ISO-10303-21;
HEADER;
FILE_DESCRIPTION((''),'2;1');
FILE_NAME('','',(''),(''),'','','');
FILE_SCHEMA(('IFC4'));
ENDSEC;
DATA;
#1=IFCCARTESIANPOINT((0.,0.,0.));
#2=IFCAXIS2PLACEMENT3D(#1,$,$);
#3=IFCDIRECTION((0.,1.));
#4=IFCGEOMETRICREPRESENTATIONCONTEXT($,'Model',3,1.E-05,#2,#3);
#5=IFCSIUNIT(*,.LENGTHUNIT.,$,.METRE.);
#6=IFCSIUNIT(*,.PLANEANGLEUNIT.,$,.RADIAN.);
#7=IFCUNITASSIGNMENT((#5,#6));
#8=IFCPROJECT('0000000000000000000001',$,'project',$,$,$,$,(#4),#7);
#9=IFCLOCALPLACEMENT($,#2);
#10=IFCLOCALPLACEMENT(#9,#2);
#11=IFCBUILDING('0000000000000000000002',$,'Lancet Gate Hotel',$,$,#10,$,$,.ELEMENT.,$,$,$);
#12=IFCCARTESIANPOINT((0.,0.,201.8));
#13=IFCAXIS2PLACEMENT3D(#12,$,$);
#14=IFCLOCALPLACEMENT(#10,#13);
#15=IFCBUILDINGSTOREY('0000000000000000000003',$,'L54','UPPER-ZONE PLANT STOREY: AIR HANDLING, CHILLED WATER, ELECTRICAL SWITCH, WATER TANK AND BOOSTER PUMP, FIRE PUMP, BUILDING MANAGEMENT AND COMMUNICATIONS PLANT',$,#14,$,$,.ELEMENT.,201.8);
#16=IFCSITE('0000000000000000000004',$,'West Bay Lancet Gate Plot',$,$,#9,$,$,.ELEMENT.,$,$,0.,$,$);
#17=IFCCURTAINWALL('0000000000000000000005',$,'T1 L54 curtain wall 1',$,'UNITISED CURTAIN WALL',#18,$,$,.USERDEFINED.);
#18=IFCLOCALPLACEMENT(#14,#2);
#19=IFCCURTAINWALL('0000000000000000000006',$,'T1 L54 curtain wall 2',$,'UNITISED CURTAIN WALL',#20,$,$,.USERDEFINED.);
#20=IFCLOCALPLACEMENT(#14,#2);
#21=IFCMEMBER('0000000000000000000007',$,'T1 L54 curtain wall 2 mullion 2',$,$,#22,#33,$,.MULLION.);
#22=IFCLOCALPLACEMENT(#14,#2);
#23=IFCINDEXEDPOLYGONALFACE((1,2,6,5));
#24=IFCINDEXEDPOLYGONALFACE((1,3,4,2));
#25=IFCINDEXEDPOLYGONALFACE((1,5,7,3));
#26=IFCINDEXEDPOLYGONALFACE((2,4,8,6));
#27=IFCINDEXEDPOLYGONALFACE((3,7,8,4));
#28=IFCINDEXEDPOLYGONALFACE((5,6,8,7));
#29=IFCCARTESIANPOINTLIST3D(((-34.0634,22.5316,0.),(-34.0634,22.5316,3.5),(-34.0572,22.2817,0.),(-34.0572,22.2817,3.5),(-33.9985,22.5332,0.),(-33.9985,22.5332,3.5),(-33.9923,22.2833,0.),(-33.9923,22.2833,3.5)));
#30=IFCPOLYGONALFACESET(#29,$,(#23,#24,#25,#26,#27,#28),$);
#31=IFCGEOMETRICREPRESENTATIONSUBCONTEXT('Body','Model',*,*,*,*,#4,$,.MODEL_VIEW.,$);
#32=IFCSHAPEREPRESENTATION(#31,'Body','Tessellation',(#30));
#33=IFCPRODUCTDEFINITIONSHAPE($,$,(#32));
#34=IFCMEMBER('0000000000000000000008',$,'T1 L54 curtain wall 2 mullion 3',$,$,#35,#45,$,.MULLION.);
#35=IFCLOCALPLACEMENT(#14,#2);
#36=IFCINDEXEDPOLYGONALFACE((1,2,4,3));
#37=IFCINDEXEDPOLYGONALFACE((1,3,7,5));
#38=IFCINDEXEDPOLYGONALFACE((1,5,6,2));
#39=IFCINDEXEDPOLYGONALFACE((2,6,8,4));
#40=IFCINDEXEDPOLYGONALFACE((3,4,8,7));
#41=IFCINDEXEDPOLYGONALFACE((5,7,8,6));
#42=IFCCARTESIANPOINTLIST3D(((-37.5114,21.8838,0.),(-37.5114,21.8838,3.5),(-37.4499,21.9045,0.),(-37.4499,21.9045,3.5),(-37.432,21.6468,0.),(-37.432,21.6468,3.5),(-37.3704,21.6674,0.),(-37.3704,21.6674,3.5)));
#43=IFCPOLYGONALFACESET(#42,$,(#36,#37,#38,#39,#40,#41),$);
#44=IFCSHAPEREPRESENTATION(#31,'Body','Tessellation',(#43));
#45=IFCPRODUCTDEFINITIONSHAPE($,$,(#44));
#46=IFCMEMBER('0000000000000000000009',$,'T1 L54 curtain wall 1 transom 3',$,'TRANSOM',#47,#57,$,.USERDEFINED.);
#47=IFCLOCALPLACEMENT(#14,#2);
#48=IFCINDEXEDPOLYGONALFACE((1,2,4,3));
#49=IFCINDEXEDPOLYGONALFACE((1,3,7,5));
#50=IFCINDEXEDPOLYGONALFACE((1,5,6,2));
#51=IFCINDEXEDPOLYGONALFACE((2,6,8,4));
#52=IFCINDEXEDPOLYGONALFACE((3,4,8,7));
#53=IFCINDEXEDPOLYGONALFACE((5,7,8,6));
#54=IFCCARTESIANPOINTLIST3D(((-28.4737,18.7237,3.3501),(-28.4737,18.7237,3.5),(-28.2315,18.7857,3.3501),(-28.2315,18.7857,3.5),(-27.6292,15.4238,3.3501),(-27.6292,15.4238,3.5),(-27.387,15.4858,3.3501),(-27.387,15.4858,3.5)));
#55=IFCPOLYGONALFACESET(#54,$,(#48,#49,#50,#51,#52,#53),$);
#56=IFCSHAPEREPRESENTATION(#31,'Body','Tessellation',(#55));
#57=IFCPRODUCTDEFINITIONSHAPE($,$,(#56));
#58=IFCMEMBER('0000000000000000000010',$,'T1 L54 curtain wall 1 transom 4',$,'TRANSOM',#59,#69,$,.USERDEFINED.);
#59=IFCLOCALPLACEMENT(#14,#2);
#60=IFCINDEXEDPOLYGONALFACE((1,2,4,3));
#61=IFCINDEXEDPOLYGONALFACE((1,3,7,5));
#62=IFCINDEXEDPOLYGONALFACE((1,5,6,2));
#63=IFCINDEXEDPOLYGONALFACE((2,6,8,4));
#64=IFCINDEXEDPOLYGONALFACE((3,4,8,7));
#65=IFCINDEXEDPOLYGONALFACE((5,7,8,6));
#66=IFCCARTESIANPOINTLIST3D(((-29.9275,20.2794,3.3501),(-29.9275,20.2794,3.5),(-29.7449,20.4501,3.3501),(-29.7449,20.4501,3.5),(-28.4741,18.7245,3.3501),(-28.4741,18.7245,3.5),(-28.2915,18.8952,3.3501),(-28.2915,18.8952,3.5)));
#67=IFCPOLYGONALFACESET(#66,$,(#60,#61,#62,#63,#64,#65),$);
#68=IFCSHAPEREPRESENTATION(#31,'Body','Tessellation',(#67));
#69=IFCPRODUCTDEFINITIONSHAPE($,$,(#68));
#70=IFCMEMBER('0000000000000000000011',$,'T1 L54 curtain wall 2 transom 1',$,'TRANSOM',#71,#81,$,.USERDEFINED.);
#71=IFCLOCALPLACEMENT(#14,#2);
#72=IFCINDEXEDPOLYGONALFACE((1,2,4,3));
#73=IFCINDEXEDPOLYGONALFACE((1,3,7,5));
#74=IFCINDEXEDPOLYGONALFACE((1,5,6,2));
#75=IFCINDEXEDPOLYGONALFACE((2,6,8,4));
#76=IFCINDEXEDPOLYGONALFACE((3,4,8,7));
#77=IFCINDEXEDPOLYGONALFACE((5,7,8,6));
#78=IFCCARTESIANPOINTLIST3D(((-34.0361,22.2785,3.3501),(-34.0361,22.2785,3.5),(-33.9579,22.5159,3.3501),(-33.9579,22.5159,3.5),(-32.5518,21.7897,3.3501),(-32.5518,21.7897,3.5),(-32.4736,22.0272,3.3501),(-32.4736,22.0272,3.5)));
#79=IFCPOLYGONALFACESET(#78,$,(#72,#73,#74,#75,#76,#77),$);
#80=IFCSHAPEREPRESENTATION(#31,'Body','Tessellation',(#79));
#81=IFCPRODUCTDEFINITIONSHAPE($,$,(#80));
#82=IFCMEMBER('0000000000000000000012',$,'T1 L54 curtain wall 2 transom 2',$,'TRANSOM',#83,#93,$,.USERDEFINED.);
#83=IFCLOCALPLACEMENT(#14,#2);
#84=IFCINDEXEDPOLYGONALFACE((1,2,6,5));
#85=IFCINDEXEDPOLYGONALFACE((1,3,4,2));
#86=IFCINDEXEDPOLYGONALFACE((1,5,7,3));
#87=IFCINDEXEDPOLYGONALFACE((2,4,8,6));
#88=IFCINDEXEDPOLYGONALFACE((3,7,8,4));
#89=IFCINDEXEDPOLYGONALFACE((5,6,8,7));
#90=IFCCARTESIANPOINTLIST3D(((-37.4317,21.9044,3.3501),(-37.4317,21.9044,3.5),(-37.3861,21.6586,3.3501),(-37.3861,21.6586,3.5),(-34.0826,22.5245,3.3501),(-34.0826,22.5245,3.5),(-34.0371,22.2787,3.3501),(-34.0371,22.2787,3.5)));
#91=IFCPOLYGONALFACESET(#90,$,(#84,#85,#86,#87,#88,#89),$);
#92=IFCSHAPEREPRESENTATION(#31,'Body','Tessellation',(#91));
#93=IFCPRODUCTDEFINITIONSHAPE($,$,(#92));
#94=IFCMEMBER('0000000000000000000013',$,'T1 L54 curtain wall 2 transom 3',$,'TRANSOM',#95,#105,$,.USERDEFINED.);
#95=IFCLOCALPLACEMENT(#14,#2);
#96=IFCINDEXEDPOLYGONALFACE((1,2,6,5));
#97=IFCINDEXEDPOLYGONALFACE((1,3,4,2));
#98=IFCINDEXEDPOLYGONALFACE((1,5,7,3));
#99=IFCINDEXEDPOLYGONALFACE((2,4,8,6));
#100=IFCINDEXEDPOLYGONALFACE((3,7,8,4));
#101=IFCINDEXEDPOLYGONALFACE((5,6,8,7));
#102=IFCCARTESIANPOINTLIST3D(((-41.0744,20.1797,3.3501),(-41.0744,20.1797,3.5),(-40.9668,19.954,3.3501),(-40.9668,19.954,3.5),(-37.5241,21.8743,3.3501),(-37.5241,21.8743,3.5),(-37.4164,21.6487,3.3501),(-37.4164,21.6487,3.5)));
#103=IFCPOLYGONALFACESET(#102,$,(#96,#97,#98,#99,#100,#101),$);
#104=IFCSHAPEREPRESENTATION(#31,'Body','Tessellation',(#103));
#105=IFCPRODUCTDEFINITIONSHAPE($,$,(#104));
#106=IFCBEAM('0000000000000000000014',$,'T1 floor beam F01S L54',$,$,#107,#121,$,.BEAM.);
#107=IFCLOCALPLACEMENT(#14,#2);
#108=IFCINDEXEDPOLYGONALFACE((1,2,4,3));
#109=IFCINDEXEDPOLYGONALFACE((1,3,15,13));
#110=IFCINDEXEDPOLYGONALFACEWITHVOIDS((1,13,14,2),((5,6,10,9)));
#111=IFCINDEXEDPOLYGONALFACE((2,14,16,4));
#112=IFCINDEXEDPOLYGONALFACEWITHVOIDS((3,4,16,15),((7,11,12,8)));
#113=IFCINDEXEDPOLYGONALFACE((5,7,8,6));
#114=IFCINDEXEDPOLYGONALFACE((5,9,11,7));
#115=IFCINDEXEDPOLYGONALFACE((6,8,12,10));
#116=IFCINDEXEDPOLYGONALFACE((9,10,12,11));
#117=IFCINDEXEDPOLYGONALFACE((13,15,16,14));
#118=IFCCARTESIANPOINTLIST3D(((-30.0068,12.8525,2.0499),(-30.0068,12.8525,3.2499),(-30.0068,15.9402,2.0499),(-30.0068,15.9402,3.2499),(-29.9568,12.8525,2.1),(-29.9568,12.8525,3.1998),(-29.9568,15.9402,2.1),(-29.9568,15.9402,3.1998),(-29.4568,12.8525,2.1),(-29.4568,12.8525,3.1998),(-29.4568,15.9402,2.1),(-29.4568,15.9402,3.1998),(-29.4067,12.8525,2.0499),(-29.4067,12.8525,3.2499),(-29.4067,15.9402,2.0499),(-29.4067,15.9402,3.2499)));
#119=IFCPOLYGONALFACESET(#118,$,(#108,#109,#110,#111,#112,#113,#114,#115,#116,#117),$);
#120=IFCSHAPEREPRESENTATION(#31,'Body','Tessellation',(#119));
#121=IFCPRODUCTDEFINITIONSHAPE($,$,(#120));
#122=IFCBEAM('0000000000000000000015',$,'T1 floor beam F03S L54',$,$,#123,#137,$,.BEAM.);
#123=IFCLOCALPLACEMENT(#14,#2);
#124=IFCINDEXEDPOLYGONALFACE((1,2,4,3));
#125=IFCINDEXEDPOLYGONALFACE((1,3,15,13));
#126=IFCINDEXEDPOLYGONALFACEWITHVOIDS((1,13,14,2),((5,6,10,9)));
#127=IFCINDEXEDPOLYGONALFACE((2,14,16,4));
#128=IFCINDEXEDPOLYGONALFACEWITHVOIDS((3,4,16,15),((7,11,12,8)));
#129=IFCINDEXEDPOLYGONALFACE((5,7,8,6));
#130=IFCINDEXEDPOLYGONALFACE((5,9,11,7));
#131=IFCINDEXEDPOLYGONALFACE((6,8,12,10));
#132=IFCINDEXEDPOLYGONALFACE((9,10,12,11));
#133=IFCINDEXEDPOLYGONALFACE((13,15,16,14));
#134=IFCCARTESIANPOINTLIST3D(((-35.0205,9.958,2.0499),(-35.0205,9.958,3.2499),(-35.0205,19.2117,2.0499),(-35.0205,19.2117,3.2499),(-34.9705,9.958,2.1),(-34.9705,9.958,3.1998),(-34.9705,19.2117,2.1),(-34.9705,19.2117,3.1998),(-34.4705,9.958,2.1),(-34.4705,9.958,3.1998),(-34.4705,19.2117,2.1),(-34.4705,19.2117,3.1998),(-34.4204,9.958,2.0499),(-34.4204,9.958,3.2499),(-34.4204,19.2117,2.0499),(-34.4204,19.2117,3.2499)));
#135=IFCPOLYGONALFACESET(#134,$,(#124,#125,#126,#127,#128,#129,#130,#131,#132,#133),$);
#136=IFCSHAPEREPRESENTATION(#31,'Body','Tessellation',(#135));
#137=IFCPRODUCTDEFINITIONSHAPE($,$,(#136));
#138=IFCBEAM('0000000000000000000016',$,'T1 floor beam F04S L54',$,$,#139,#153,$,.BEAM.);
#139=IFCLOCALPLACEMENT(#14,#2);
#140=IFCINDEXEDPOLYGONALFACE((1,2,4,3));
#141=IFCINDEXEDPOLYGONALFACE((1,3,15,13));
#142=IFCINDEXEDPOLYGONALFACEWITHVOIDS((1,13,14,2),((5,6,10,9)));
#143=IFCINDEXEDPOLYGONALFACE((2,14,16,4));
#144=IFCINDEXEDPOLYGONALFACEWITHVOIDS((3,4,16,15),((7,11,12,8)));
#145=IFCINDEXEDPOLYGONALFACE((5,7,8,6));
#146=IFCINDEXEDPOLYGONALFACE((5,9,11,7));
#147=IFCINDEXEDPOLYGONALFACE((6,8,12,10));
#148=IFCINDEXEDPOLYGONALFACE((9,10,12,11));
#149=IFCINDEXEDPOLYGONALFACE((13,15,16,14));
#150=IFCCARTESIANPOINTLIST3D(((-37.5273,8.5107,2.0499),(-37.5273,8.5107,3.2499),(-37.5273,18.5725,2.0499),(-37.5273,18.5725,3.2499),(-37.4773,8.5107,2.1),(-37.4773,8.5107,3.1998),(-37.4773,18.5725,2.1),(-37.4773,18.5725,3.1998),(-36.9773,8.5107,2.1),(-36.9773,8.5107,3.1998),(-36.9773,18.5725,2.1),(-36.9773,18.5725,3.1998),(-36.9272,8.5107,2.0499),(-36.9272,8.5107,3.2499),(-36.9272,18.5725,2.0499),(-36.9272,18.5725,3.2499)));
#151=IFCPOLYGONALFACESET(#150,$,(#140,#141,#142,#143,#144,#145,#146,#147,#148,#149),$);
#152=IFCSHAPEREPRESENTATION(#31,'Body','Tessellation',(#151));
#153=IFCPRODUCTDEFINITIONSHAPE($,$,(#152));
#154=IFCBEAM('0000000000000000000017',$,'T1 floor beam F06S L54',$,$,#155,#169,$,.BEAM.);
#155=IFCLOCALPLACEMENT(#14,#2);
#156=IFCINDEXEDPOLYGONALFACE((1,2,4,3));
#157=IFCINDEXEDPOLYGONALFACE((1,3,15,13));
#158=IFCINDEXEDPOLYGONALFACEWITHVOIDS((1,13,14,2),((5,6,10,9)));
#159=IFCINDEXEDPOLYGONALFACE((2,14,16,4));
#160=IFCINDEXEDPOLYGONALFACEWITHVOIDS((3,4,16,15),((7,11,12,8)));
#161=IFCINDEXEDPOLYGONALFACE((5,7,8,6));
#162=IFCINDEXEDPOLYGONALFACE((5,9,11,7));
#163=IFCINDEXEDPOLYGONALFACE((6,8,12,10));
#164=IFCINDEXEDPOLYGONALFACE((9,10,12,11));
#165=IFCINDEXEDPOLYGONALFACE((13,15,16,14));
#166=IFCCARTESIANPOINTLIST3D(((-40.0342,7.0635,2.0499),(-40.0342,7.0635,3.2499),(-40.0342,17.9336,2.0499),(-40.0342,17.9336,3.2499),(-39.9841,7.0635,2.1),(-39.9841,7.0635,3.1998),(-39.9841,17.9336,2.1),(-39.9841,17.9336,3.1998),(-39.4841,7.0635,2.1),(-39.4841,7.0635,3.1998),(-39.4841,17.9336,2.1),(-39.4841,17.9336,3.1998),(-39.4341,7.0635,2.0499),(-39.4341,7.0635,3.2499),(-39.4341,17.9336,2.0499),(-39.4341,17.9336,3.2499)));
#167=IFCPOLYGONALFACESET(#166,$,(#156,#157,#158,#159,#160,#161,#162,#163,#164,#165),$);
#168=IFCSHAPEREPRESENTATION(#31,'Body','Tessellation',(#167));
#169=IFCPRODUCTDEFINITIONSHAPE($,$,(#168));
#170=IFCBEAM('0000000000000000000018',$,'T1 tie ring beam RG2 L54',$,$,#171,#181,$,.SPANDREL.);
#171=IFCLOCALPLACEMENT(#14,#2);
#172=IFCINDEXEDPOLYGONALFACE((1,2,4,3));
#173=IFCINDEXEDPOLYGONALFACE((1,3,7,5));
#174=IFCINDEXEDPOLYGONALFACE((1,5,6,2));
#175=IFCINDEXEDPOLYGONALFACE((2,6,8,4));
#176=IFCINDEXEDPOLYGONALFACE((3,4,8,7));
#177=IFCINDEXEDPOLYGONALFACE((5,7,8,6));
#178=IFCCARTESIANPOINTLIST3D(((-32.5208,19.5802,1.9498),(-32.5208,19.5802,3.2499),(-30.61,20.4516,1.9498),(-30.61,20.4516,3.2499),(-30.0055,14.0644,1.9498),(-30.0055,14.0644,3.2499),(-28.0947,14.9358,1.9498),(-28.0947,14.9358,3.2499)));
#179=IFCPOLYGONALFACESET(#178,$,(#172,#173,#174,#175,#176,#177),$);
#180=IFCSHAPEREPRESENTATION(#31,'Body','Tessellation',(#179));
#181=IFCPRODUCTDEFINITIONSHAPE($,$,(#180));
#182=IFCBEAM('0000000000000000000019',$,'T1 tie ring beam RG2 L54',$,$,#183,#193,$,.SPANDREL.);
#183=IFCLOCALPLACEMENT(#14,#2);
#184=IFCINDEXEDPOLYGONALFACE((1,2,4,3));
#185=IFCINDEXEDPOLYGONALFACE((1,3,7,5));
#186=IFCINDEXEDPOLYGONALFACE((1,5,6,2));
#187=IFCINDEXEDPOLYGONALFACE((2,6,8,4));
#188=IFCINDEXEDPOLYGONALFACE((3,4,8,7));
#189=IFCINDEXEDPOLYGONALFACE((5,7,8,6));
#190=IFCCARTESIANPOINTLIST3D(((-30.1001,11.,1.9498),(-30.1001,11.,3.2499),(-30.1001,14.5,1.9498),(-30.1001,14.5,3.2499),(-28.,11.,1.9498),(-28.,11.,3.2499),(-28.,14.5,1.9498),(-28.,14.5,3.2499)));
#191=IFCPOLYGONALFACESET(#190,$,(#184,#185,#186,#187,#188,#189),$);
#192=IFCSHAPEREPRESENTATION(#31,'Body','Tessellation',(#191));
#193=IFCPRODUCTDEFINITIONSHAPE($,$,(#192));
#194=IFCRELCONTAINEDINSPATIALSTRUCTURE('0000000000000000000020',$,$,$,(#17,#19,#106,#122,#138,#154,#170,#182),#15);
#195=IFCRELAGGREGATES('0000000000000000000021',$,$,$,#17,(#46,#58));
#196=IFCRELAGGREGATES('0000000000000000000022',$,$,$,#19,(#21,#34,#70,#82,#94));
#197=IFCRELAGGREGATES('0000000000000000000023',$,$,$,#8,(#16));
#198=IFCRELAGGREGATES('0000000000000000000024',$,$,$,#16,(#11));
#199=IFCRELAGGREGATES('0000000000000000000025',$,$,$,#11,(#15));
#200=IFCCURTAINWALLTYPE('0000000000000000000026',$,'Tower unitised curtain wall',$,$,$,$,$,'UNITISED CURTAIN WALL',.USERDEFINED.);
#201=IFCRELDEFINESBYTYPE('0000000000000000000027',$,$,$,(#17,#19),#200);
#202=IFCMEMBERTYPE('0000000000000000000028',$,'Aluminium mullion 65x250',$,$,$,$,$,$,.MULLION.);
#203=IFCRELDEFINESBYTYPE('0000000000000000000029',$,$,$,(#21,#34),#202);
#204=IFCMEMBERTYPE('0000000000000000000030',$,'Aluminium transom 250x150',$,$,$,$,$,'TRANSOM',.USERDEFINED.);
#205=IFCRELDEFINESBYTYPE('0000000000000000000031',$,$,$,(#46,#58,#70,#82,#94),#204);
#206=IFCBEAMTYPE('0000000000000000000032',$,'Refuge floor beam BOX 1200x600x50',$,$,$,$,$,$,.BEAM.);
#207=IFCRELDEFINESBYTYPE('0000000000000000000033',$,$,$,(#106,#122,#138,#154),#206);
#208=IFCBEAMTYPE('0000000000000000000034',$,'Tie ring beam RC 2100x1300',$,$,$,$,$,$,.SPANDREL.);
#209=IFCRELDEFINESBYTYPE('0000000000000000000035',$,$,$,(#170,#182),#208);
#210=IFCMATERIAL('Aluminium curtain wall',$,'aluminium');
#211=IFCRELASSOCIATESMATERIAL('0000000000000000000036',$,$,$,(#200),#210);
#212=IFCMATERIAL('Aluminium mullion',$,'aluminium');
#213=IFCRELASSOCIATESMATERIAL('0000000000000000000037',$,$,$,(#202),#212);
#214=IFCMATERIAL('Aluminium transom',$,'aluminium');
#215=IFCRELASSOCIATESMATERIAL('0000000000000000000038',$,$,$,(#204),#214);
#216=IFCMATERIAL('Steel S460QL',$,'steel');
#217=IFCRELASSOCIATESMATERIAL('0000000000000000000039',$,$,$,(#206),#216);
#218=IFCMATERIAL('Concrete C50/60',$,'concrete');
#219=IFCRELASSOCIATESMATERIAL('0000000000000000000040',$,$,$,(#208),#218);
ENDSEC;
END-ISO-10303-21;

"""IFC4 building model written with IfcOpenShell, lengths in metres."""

from ifc_helpers import new_model, si_unit, direction, frame, origin, origin_2d, place, context, subcontext, project, spatial, rectangle, hollow_rectangle, extrude, material, material_profile, profile_set, type_object, element, aggregate, save


model = new_model("IFC4")

# Units and contexts
model_context = context("Model", 3, precision=1e-05, world=origin(), true_north=direction((0.0, 1.0)))
body_context = subcontext(model_context, "Body", "Model", "MODEL_VIEW")
ifc_project = project(units=[si_unit("LENGTHUNIT", "METRE"), si_unit("PLANEANGLEUNIT", "RADIAN")], contexts=[model_context])

# Site, building, storey
site_placement = place(None, origin())
site = spatial("IfcSite", under=ifc_project, at=site_placement, Name="West Bay Lancet Gate Plot", CompositionType="ELEMENT", RefElevation=0.0)
building_placement = place(site_placement, origin())
building = spatial("IfcBuilding", under=site, at=building_placement, Name="Lancet Gate Hotel", CompositionType="ELEMENT")
storey_placement = place(building_placement, frame((0.0, 0.0, 201.8)))
storey = spatial("IfcBuildingStorey", under=building, at=storey_placement, Name="L54", Description="UPPER-ZONE PLANT STOREY: AIR HANDLING, CHILLED WATER, ELECTRICAL SWITCH, WATER TANK AND BOOSTER PUMP, FIRE PUMP, BUILDING MANAGEMENT AND COMMUNICATIONS PLANT", CompositionType="ELEMENT", Elevation=201.8)

# Curtain walls, members
ifc_material_1 = material(Name="Aluminium curtain wall", Category="aluminium")
curtain_wall_type = type_object("IfcCurtainWallType", Name="Tower unitised curtain wall", ElementType="UNITISED CURTAIN WALL", PredefinedType="USERDEFINED", material=ifc_material_1)
curtain_wall_1_placement = place(storey_placement, origin())
curtain_wall_1 = element("IfcCurtainWall", 1, at=curtain_wall_1_placement, inside=storey, type_object=curtain_wall_type, Name="T1 L54 curtain wall 1", ObjectType="UNITISED CURTAIN WALL", PredefinedType="USERDEFINED")
ifc_material_2 = material(Name="Aluminium mullion", Category="aluminium")
ifc_material_profile_1 = material_profile(ifc_material_2, rectangle(XDim=0.0649, YDim=0.25, at=origin_2d()), Name="MULLION 65x250")
ifc_profile_set_1 = profile_set([ifc_material_profile_1], Name="Aluminium mullion")
member_type_1 = type_object("IfcMemberType", Name="Aluminium mullion 65x250", PredefinedType="MULLION", material=ifc_profile_set_1)
curtain_wall_2_placement = place(storey_placement, origin())
curtain_wall_2 = element("IfcCurtainWall", 2, at=curtain_wall_2_placement, inside=storey, type_object=curtain_wall_type, Name="T1 L54 curtain wall 2", ObjectType="UNITISED CURTAIN WALL", PredefinedType="USERDEFINED")
member_1_placement = place(storey_placement, frame((-34.0278, 22.4075, 0.0), z_axis=(0.0, 0.0, 1.0), x_axis=(-0.999693, -0.024761, 0.0)))
member_1 = element("IfcMember", 3, at=member_1_placement, type_object=member_type_1, Name="T1 L54 curtain wall 2 mullion 2", PredefinedType="MULLION", context=body_context, shape_type="SweptSolid", body=[
    extrude(rectangle(XDim=0.0649, YDim=0.25, at=origin_2d()), origin(), (0.0, 0.0, 1.0), 3.5),
])
member_2_placement = place(storey_placement, frame((-37.4409, 21.7756, 0.0), z_axis=(0.0, 0.0, 1.0), x_axis=(-0.948119, -0.317915, 0.0)))
member_2 = element("IfcMember", 4, at=member_2_placement, type_object=member_type_1, Name="T1 L54 curtain wall 2 mullion 3", PredefinedType="MULLION", context=body_context, shape_type="SweptSolid", body=[
    extrude(rectangle(XDim=0.0649, YDim=0.25, at=origin_2d()), origin(), (0.0, 0.0, 1.0), 3.5),
])

# Members
ifc_material_3 = material(Name="Aluminium transom", Category="aluminium")
ifc_material_profile_2 = material_profile(ifc_material_3, rectangle(XDim=0.25, YDim=0.1499, at=origin_2d()), Name="TRANSOM 250x150")
ifc_profile_set_2 = profile_set([ifc_material_profile_2], Name="Aluminium transom")
member_type_2 = type_object("IfcMemberType", Name="Aluminium transom 250x150", ElementType="TRANSOM", PredefinedType="USERDEFINED", material=ifc_profile_set_2)
member_3_placement = place(storey_placement, frame((-27.5081, 15.4548, 3.425), z_axis=(-0.247929, 0.968778, 0.0), x_axis=(-0.968778, -0.247929, 0.0)))
member_3 = element("IfcMember", 5, at=member_3_placement, type_object=member_type_2, Name="T1 L54 curtain wall 1 transom 3", ObjectType="TRANSOM", PredefinedType="USERDEFINED", context=body_context, shape_type="SweptSolid", body=[
    extrude(rectangle(XDim=0.25, YDim=0.1499, at=origin_2d()), origin(), (0.0, 0.0, 1.0), 3.4062),
])
member_4_placement = place(storey_placement, frame((-28.3828, 18.8098, 3.425), z_axis=(-0.682845, 0.730563, 0.0), x_axis=(-0.730563, -0.682845, 0.0)))
member_4 = element("IfcMember", 6, at=member_4_placement, type_object=member_type_2, Name="T1 L54 curtain wall 1 transom 4", ObjectType="TRANSOM", PredefinedType="USERDEFINED", context=body_context, shape_type="SweptSolid", body=[
    extrude(rectangle(XDim=0.25, YDim=0.1499, at=origin_2d()), origin(), (0.0, 0.0, 1.0), 2.1284),
])
member_5_placement = place(storey_placement, frame((-32.5127, 21.9084, 3.425), z_axis=(-0.949833, 0.312758, 0.0), x_axis=(-0.312758, -0.949833, 0.0)))
member_5 = element("IfcMember", 7, at=member_5_placement, type_object=member_type_2, Name="T1 L54 curtain wall 2 transom 1", ObjectType="TRANSOM", PredefinedType="USERDEFINED", context=body_context, shape_type="SweptSolid", body=[
    extrude(rectangle(XDim=0.25, YDim=0.1499, at=origin_2d()), origin(), (0.0, 0.0, 1.0), 1.5627),
])
member_6_placement = place(storey_placement, frame((-34.0598, 22.4016, 3.425), z_axis=(-0.983287, -0.182064, 0.0), x_axis=(0.182064, -0.983287, 0.0)))
member_6 = element("IfcMember", 8, at=member_6_placement, type_object=member_type_2, Name="T1 L54 curtain wall 2 transom 2", ObjectType="TRANSOM", PredefinedType="USERDEFINED", context=body_context, shape_type="SweptSolid", body=[
    extrude(rectangle(XDim=0.25, YDim=0.1499, at=origin_2d()), origin(), (0.0, 0.0, 1.0), 3.406),
])
member_7_placement = place(storey_placement, frame((-37.4702, 21.7615, 3.425), z_axis=(-0.902469, -0.430755, 0.0), x_axis=(0.430755, -0.902469, 0.0)))
member_7 = element("IfcMember", 9, at=member_7_placement, type_object=member_type_2, Name="T1 L54 curtain wall 2 transom 3", ObjectType="TRANSOM", PredefinedType="USERDEFINED", context=body_context, shape_type="SweptSolid", body=[
    extrude(rectangle(XDim=0.25, YDim=0.1499, at=origin_2d()), origin(), (0.0, 0.0, 1.0), 3.9341),
])

# Beams
ifc_material_4 = material(Name="Steel S460QL", Category="steel")
ifc_material_profile_3 = material_profile(ifc_material_4, hollow_rectangle(XDim=0.6001, YDim=1.2, WallThickness=0.05, at=origin_2d()), Name="BOX 1200x600x50")
ifc_profile_set_3 = profile_set([ifc_material_profile_3], Name="Steel S460QL")
beam_type_1 = type_object("IfcBeamType", Name="Refuge floor beam BOX 1200x600x50", PredefinedType="BEAM", material=ifc_profile_set_3)
beam_1_placement = place(storey_placement, frame((-29.7068, 15.9402, 2.6499), z_axis=(0.0, -1.0, 0.0), x_axis=(1.0, 0.0, 0.0)))
element("IfcBeam", 10, at=beam_1_placement, inside=storey, type_object=beam_type_1, Name="T1 floor beam F01S L54", PredefinedType="BEAM", context=body_context, shape_type="SweptSolid", body=[
    extrude(hollow_rectangle(XDim=0.6001, YDim=1.2, WallThickness=0.05, at=origin_2d()), origin(), (0.0, 0.0, 1.0), 3.0876),
])
beam_2_placement = place(storey_placement, frame((-34.7205, 19.2117, 2.6499), z_axis=(0.0, -1.0, 0.0), x_axis=(1.0, 0.0, 0.0)))
element("IfcBeam", 11, at=beam_2_placement, inside=storey, type_object=beam_type_1, Name="T1 floor beam F03S L54", PredefinedType="BEAM", context=body_context, shape_type="SweptSolid", body=[
    extrude(hollow_rectangle(XDim=0.6001, YDim=1.2, WallThickness=0.05, at=origin_2d()), origin(), (0.0, 0.0, 1.0), 9.2537),
])
beam_3_placement = place(storey_placement, frame((-37.2273, 18.5725, 2.6499), z_axis=(0.0, -1.0, 0.0), x_axis=(1.0, 0.0, 0.0)))
element("IfcBeam", 12, at=beam_3_placement, inside=storey, type_object=beam_type_1, Name="T1 floor beam F04S L54", PredefinedType="BEAM", context=body_context, shape_type="SweptSolid", body=[
    extrude(hollow_rectangle(XDim=0.6001, YDim=1.2, WallThickness=0.05, at=origin_2d()), origin(), (0.0, 0.0, 1.0), 10.0618),
])
beam_4_placement = place(storey_placement, frame((-39.7341, 17.9336, 2.6499), z_axis=(0.0, -1.0, 0.0), x_axis=(1.0, 0.0, 0.0)))
element("IfcBeam", 13, at=beam_4_placement, inside=storey, type_object=beam_type_1, Name="T1 floor beam F06S L54", PredefinedType="BEAM", context=body_context, shape_type="SweptSolid", body=[
    extrude(hollow_rectangle(XDim=0.6001, YDim=1.2, WallThickness=0.05, at=origin_2d()), origin(), (0.0, 0.0, 1.0), 10.8701),
])
ifc_material_5 = material(Name="Concrete C50/60", Category="concrete")
ifc_material_profile_4 = material_profile(ifc_material_5, rectangle(XDim=2.1001, YDim=1.3, at=origin_2d()), Name="RC 2100x1300")
ifc_profile_set_4 = profile_set([ifc_material_profile_4], Name="Concrete C50/60")
beam_type_2 = type_object("IfcBeamType", Name="Tie ring beam RC 2100x1300", PredefinedType="SPANDREL", material=ifc_profile_set_4)
beam_5_placement = place(storey_placement, frame((-31.5654, 20.0159, 2.5999), z_axis=(0.414919, -0.909858, 0.0), x_axis=(0.909858, 0.414919, 0.0)))
element("IfcBeam", 14, at=beam_5_placement, inside=storey, type_object=beam_type_2, Name="T1 tie ring beam RG2 L54", PredefinedType="SPANDREL", context=body_context, shape_type="SweptSolid", body=[
    extrude(rectangle(XDim=2.1001, YDim=1.3, at=origin_2d()), origin(), (0.0, 0.0, 1.0), 6.0623),
])
beam_6_placement = place(storey_placement, frame((-29.05, 14.5, 2.5999), z_axis=(0.0, -1.0, 0.0), x_axis=(1.0, 0.0, 0.0)))
element("IfcBeam", 15, at=beam_6_placement, inside=storey, type_object=beam_type_2, Name="T1 tie ring beam RG2 L54", PredefinedType="SPANDREL", context=body_context, shape_type="SweptSolid", body=[
    extrude(rectangle(XDim=2.1001, YDim=1.3, at=origin_2d()), origin(), (0.0, 0.0, 1.0), 3.5),
])

aggregate(curtain_wall_1, [member_3, member_4])
aggregate(curtain_wall_2, [member_1, member_2, member_5, member_6, member_7])

save(model, "model.ifc")
